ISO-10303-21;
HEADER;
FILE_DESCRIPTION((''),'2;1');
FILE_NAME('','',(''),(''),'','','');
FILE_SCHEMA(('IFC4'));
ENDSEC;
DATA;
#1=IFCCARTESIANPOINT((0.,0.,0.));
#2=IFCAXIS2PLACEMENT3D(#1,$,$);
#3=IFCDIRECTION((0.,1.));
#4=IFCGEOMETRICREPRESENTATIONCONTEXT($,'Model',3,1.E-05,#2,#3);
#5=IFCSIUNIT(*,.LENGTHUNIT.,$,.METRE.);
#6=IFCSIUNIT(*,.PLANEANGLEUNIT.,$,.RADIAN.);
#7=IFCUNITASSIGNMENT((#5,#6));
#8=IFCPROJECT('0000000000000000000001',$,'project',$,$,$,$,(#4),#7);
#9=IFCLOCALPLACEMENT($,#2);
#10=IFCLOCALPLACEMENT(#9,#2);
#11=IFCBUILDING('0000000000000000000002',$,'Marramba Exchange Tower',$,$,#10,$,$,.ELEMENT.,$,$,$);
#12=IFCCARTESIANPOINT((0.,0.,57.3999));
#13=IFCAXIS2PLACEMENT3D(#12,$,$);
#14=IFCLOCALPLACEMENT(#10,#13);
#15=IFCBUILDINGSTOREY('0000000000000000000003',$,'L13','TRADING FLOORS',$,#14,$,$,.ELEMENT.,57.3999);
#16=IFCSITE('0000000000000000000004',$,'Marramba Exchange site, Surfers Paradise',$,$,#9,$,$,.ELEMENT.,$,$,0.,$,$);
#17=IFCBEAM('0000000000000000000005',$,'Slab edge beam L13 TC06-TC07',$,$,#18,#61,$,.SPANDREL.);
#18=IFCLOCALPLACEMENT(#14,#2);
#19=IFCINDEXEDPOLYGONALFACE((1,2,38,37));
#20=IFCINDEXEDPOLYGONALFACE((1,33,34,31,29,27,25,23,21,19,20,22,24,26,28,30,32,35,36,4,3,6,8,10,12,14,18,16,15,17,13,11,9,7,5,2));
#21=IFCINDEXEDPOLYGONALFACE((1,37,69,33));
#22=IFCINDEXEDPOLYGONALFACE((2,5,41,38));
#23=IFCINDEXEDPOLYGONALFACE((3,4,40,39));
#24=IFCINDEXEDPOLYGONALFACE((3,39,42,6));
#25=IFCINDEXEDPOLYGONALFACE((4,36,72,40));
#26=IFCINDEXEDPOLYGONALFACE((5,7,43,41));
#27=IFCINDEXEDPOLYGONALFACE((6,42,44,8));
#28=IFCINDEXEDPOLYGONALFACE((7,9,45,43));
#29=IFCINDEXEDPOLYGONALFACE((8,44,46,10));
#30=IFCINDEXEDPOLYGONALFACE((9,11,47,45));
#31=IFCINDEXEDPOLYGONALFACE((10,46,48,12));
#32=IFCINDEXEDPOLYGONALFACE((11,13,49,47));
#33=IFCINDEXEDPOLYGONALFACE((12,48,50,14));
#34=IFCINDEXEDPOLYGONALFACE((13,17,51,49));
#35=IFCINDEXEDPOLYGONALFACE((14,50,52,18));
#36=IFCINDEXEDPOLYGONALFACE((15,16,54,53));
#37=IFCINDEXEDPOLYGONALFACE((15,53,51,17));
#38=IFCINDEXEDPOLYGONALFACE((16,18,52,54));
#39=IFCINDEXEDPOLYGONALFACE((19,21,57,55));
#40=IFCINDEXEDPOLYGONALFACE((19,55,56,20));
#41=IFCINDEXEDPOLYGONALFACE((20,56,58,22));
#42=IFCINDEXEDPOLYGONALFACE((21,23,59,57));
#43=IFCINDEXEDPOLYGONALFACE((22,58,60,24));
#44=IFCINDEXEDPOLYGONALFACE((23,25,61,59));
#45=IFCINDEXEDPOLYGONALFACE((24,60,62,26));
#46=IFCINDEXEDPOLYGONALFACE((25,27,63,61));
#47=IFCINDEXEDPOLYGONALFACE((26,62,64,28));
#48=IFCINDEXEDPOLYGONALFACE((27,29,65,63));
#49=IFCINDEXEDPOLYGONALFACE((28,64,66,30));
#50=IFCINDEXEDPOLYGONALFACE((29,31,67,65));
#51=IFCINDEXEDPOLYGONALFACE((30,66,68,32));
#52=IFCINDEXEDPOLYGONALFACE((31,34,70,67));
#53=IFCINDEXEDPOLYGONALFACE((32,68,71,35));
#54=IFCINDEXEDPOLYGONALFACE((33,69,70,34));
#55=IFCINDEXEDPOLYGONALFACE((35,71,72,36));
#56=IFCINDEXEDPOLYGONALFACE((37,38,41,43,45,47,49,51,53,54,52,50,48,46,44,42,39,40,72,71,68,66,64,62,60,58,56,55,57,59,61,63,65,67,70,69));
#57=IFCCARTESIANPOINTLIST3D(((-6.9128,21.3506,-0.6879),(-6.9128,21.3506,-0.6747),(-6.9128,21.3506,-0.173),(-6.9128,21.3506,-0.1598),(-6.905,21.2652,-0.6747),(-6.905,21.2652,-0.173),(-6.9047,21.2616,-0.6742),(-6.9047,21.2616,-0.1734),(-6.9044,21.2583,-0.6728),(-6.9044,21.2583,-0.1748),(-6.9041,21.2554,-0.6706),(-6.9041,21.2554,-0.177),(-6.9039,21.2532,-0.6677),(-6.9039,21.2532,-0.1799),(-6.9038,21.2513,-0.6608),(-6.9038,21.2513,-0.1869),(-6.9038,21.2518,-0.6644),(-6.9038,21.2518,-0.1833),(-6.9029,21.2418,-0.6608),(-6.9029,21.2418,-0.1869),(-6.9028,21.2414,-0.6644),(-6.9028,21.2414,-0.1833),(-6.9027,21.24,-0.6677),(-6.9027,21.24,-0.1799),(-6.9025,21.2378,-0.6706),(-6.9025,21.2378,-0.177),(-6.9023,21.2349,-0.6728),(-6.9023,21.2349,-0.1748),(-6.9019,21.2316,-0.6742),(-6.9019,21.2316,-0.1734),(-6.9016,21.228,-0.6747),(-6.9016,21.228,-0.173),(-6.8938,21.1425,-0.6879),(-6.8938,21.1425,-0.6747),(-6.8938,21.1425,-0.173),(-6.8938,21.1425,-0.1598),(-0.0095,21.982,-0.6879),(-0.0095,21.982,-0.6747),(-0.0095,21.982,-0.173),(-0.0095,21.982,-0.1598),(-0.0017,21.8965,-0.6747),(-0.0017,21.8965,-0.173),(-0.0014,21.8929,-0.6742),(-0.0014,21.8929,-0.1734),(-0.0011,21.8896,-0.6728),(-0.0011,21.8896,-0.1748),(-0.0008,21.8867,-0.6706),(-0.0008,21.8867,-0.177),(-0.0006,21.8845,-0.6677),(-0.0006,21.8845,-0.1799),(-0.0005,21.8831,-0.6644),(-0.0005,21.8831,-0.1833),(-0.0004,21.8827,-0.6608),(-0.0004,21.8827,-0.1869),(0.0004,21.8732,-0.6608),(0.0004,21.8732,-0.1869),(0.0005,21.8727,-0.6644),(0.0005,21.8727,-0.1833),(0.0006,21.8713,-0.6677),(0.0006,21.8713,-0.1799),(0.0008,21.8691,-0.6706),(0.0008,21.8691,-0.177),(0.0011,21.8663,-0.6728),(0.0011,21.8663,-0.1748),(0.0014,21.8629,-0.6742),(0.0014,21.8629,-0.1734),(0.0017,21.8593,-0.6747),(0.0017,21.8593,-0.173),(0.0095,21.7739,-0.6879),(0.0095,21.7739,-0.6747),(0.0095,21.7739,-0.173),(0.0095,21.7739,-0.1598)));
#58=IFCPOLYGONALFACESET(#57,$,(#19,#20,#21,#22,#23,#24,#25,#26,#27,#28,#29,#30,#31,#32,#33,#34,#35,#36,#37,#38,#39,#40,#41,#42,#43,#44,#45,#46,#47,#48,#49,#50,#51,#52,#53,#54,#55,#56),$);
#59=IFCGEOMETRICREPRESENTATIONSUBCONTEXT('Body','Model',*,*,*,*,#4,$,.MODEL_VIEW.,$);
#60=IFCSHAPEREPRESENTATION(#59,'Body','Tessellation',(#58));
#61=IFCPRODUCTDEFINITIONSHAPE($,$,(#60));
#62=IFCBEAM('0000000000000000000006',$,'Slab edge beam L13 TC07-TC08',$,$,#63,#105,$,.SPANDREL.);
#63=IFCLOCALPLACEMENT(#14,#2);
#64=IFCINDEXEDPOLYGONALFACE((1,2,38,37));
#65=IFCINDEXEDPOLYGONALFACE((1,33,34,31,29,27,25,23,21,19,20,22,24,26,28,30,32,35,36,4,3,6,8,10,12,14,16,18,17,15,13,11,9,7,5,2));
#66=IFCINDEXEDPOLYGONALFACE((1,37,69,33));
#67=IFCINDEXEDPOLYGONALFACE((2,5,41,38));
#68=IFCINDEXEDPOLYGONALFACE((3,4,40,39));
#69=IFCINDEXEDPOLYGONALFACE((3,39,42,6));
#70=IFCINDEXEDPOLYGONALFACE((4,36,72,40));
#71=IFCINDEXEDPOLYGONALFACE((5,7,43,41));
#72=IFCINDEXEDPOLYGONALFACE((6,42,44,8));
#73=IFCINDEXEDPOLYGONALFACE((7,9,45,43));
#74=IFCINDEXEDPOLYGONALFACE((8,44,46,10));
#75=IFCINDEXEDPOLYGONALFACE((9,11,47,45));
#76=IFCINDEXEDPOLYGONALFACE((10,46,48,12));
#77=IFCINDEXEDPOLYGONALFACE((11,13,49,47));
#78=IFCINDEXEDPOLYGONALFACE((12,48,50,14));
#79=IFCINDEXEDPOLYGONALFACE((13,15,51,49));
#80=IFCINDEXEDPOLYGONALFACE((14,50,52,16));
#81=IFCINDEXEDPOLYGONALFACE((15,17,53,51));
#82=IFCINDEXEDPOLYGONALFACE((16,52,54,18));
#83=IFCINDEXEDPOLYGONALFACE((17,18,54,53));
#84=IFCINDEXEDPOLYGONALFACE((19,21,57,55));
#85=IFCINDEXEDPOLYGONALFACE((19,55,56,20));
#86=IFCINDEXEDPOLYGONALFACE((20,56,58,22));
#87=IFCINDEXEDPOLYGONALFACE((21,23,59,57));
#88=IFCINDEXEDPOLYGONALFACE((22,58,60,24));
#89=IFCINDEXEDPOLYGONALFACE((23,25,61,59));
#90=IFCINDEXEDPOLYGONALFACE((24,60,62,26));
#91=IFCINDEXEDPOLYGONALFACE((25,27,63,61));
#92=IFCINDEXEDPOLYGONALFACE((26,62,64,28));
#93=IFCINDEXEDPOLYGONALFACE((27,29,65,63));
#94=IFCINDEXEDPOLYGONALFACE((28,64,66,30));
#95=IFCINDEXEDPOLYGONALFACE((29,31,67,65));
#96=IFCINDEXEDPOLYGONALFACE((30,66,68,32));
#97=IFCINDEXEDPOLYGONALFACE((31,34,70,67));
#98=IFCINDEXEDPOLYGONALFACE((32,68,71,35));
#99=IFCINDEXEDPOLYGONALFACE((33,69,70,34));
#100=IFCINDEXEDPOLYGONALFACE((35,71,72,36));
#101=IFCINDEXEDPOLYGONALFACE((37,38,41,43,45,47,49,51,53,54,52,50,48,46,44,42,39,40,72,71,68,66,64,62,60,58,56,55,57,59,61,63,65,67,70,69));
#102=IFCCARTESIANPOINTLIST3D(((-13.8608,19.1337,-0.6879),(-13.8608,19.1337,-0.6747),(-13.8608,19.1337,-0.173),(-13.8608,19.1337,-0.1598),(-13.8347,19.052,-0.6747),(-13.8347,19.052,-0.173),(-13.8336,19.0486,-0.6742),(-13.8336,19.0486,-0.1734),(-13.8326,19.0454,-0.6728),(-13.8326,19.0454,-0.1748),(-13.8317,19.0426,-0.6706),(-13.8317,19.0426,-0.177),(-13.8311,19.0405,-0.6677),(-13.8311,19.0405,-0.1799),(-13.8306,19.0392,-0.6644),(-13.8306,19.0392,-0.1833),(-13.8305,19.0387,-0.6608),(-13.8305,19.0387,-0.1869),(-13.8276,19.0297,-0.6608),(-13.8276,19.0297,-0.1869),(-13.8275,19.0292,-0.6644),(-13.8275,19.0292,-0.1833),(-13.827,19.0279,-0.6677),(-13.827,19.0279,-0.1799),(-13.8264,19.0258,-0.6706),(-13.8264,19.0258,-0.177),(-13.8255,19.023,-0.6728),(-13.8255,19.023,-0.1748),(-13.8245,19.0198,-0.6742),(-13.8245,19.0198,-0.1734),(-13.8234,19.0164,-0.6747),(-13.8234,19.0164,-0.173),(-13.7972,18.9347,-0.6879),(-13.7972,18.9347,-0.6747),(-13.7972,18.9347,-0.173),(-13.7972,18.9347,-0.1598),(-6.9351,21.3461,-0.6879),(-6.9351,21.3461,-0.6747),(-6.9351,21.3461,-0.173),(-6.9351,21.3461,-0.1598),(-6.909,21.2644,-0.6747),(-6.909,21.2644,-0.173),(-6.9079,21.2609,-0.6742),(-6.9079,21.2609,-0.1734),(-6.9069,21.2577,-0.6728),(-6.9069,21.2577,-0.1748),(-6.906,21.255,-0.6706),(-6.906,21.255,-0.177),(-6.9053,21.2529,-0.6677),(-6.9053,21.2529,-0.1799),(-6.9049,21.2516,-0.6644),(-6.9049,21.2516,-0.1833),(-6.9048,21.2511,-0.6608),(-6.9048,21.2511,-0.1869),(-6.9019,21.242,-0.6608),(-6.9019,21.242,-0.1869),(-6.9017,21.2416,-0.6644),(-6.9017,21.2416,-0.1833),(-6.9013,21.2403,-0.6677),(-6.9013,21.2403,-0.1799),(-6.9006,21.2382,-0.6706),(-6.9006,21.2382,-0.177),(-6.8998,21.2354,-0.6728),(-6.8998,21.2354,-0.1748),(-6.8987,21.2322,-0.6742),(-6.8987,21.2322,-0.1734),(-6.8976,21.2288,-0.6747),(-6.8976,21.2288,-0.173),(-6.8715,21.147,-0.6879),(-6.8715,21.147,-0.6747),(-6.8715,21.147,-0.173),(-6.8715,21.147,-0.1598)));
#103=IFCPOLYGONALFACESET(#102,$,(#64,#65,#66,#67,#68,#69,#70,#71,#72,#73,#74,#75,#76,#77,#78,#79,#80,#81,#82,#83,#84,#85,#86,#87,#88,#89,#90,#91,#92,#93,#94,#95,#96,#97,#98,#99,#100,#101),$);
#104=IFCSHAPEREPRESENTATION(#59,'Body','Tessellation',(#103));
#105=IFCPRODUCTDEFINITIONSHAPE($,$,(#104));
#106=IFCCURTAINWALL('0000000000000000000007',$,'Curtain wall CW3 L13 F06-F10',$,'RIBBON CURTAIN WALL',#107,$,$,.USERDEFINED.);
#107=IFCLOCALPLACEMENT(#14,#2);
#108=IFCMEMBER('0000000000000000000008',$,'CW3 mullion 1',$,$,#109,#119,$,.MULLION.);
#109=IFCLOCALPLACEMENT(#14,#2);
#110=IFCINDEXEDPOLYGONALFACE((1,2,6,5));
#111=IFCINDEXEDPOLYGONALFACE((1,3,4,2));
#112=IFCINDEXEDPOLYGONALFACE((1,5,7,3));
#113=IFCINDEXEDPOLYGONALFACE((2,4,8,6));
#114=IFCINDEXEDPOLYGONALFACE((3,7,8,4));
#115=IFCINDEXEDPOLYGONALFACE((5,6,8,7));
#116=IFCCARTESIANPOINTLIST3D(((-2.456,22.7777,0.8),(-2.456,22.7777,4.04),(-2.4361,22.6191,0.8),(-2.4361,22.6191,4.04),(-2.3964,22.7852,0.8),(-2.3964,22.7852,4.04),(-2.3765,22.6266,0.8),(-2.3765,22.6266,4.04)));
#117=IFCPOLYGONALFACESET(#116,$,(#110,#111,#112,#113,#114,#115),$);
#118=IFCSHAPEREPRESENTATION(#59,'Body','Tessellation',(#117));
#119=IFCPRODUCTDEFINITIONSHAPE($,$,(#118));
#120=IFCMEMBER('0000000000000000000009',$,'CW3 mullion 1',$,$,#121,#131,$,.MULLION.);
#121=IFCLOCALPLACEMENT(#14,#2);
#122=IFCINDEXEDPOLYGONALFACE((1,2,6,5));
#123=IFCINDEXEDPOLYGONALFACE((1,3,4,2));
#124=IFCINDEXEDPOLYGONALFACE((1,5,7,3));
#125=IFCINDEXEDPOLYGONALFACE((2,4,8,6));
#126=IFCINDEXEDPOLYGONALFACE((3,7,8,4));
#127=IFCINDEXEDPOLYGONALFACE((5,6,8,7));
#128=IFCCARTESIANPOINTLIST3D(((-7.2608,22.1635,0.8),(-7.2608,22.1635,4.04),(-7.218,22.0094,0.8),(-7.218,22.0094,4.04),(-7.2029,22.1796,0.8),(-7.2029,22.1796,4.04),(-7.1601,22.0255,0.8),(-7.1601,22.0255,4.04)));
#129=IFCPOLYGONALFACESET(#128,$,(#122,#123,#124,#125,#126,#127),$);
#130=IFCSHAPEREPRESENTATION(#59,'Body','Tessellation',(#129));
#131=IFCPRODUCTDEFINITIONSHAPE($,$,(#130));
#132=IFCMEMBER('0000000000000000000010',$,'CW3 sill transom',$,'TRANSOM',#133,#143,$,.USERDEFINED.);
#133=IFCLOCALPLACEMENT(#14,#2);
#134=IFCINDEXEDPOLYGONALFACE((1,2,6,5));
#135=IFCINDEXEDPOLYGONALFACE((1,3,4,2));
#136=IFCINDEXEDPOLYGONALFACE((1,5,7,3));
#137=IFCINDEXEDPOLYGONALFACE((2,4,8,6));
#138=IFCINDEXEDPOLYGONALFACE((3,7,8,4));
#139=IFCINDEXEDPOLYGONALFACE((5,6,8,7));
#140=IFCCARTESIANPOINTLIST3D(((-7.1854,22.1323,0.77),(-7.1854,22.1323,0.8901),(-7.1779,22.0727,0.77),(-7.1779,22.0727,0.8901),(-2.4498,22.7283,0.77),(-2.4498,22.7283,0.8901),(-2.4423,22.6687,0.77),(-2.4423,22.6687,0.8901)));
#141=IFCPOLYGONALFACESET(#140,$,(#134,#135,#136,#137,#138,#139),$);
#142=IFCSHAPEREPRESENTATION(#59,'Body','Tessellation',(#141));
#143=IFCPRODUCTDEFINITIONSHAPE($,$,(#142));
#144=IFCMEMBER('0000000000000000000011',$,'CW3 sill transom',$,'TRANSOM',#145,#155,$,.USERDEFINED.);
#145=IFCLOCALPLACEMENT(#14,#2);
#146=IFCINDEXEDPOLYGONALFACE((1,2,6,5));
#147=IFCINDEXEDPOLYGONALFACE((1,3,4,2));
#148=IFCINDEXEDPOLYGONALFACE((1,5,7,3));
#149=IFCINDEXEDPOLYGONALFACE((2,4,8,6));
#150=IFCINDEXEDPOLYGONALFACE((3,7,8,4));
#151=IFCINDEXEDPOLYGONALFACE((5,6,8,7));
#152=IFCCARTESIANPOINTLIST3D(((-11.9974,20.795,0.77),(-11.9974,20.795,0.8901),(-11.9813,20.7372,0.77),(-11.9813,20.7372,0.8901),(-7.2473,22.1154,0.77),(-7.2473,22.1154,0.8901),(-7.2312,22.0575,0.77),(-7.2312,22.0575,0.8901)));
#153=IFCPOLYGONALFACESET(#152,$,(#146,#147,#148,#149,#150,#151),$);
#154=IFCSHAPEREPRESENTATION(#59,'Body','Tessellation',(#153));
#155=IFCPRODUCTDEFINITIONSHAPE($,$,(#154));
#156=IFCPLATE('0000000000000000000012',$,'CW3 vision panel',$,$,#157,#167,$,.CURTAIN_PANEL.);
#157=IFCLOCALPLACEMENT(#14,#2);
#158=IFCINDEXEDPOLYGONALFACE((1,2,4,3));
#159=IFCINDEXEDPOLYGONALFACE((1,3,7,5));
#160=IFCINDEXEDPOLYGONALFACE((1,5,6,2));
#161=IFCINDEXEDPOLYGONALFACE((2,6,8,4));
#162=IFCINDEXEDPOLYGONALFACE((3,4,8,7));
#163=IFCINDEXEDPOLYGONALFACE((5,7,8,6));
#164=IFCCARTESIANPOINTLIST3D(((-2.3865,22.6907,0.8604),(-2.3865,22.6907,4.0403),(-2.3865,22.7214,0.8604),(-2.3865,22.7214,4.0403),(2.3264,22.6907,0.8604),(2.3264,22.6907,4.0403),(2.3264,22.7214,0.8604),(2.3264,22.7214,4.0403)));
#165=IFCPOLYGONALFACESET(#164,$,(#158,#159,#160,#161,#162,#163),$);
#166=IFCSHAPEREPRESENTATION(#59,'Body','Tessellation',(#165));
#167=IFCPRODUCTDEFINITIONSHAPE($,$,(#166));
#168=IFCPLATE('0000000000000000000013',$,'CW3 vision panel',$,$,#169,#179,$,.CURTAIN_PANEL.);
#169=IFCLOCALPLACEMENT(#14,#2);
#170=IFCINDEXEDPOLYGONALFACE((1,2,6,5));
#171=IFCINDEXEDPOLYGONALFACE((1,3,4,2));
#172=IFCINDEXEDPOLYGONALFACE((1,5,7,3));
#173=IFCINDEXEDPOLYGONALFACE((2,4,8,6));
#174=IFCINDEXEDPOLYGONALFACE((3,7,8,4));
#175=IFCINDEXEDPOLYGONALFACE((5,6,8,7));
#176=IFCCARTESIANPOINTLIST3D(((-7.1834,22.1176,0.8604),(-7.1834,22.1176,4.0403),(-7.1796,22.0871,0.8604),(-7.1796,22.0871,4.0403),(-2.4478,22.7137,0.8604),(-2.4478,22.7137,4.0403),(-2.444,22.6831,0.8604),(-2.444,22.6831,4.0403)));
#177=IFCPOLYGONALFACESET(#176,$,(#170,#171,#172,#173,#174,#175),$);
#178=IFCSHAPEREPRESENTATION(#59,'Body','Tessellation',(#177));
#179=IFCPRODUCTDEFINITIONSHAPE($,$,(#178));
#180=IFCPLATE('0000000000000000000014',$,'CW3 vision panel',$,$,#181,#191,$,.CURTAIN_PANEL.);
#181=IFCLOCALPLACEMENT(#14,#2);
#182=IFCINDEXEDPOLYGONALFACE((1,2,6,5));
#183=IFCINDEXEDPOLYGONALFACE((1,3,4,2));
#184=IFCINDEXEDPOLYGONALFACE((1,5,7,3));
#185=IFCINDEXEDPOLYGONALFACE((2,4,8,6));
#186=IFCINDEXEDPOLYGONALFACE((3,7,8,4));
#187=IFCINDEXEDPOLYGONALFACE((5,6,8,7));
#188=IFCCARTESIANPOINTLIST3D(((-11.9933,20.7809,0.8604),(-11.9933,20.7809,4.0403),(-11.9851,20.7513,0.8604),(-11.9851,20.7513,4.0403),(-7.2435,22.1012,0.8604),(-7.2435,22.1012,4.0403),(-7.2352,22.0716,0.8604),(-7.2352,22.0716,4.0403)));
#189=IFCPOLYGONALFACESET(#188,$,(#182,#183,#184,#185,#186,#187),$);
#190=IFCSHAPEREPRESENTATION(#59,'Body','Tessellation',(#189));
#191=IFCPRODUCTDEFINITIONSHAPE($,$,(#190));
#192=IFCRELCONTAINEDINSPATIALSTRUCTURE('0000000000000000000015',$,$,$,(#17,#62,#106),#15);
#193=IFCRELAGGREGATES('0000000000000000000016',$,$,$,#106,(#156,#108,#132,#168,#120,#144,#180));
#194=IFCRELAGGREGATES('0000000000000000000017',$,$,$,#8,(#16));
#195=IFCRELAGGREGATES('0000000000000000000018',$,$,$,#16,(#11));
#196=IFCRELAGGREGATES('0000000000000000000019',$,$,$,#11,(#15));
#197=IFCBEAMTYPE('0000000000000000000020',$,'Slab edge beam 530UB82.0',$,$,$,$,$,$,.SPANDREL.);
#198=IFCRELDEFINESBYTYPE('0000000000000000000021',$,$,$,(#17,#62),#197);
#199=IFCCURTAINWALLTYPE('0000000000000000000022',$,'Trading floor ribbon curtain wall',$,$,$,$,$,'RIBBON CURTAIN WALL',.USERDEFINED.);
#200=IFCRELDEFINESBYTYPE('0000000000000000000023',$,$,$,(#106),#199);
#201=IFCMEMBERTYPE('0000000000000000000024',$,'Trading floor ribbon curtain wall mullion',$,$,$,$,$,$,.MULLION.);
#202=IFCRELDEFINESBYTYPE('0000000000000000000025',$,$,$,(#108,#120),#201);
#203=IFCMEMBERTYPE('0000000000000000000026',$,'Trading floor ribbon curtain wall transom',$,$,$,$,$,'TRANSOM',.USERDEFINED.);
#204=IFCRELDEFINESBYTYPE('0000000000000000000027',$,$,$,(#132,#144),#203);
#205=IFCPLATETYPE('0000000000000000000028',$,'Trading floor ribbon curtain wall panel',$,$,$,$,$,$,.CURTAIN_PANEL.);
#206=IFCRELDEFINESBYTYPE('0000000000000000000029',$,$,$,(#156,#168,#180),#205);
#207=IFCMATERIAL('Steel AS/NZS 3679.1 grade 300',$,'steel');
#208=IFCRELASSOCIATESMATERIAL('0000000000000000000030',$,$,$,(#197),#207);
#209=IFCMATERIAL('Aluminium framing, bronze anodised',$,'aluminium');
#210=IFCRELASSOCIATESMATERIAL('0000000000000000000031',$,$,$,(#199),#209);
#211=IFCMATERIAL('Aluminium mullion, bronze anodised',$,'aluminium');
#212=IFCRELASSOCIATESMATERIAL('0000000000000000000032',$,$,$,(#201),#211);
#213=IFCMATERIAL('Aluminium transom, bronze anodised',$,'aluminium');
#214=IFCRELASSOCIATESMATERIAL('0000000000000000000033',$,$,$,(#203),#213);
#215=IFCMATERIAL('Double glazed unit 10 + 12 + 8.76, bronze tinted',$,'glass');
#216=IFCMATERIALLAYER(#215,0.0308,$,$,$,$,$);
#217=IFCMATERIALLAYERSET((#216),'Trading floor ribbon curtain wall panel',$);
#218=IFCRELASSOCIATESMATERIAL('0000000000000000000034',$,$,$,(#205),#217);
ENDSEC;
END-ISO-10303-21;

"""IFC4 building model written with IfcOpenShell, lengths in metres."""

from ifc_helpers import new_model, si_unit, direction, frame, origin, origin_2d, place, context, subcontext, project, spatial, rectangle, i_section, extrude, material, layer, layer_set, material_profile, profile_set, type_object, element, aggregate, save


model = new_model("IFC4")

# Units and contexts
model_context = context("Model", 3, precision=1e-05, world=origin(), true_north=direction((0.0, 1.0)))
body_context = subcontext(model_context, "Body", "Model", "MODEL_VIEW")
ifc_project = project(units=[si_unit("LENGTHUNIT", "METRE"), si_unit("PLANEANGLEUNIT", "RADIAN")], contexts=[model_context])

# Site, building, storey
site_placement = place(None, origin())
site = spatial("IfcSite", under=ifc_project, at=site_placement, Name="Marramba Exchange site, Surfers Paradise", CompositionType="ELEMENT", RefElevation=0.0)
building_placement = place(site_placement, origin())
building = spatial("IfcBuilding", under=site, at=building_placement, Name="Marramba Exchange Tower", CompositionType="ELEMENT")
storey_placement = place(building_placement, frame((0.0, 0.0, 57.3999)))
storey = spatial("IfcBuildingStorey", under=building, at=storey_placement, Name="L13", Description="TRADING FLOORS", CompositionType="ELEMENT", Elevation=57.3999)

# Beams
ifc_material_1 = material(Name="Steel AS/NZS 3679.1 grade 300", Category="steel")
ifc_material_profile_1 = material_profile(ifc_material_1, i_section(OverallWidth=0.209, OverallDepth=0.5281, WebThickness=0.0095, FlangeThickness=0.0132, FilletRadius=0.0139, at=origin_2d()), Name="530UB82.0")
ifc_profile_set_1 = profile_set([ifc_material_profile_1], Name="Steel AS/NZS 3679.1 grade 300")
beam_type_1 = type_object("IfcBeamType", Name="Slab edge beam 530UB82.0", PredefinedType="SPANDREL", material=ifc_profile_set_1)
beam_1_placement = place(storey_placement, frame((0.0, 21.8779, -0.4238), z_axis=(-0.995844, -0.091076, 0.0), x_axis=(0.091076, -0.995844, 0.0)))
element("IfcBeam", 1, at=beam_1_placement, inside=storey, type_object=beam_type_1, Name="Slab edge beam L13 TC06-TC07", PredefinedType="SPANDREL", context=body_context, shape_type="SweptSolid", body=[
    extrude(i_section(OverallWidth=0.209, OverallDepth=0.5281, WebThickness=0.0095, FlangeThickness=0.0132, FilletRadius=0.0139, at=origin_2d()), origin(), (0.0, 0.0, 1.0), 6.9321),
])
beam_2_placement = place(storey_placement, frame((-6.9033, 21.2466, -0.4238), z_axis=(-0.952578, -0.304296, 0.0), x_axis=(0.304296, -0.952578, 0.0)))
element("IfcBeam", 2, at=beam_2_placement, inside=storey, type_object=beam_type_1, Name="Slab edge beam L13 TC07-TC08", PredefinedType="SPANDREL", context=body_context, shape_type="SweptSolid", body=[
    extrude(i_section(OverallWidth=0.209, OverallDepth=0.5281, WebThickness=0.0095, FlangeThickness=0.0132, FilletRadius=0.0139, at=origin_2d()), origin(), (0.0, 0.0, 1.0), 7.2705),
])

# Curtain wall, members, plates
ifc_material_2 = material(Name="Aluminium framing, bronze anodised", Category="aluminium")
curtain_wall_type = type_object("IfcCurtainWallType", Name="Trading floor ribbon curtain wall", ElementType="RIBBON CURTAIN WALL", PredefinedType="USERDEFINED", material=ifc_material_2)
curtain_wall_placement = place(storey_placement, origin())
curtain_wall = element("IfcCurtainWall", 3, at=curtain_wall_placement, inside=storey, type_object=curtain_wall_type, Name="Curtain wall CW3 L13 F06-F10", ObjectType="RIBBON CURTAIN WALL", PredefinedType="USERDEFINED")
ifc_material_3 = material(Name="Aluminium mullion, bronze anodised", Category="aluminium")
ifc_material_profile_2 = material_profile(ifc_material_3, rectangle(XDim=0.1599, YDim=0.0601, at=origin_2d()), Name="CW3 mullion 60x160")
ifc_profile_set_2 = profile_set([ifc_material_profile_2], Name="Aluminium mullion, bronze anodised")
member_type_1 = type_object("IfcMemberType", Name="Trading floor ribbon curtain wall mullion", PredefinedType="MULLION", material=ifc_profile_set_2)
member_1_placement = place(storey_placement, frame((-2.4163, 22.7021, 0.8), z_axis=(0.0, 0.0, 1.0), x_axis=(0.124873, -0.992173, 0.0)))
member_1 = element("IfcMember", 4, at=member_1_placement, type_object=member_type_1, Name="CW3 mullion 1", PredefinedType="MULLION", context=body_context, shape_type="SweptSolid", body=[
    extrude(rectangle(XDim=0.1599, YDim=0.0601, at=origin_2d()), origin(), (0.0, 0.0, 1.0), 3.24),
])
member_2_placement = place(storey_placement, frame((-7.2104, 22.0945, 0.8), z_axis=(0.0, 0.0, 1.0), x_axis=(0.267809, -0.963472, 0.0)))
member_2 = element("IfcMember", 5, at=member_2_placement, type_object=member_type_1, Name="CW3 mullion 1", PredefinedType="MULLION", context=body_context, shape_type="SweptSolid", body=[
    extrude(rectangle(XDim=0.1599, YDim=0.0601, at=origin_2d()), origin(), (0.0, 0.0, 1.0), 3.24),
])
ifc_material_4 = material(Name="Aluminium transom, bronze anodised", Category="aluminium")
ifc_material_profile_3 = material_profile(ifc_material_4, rectangle(XDim=0.0601, YDim=0.1201, at=origin_2d()), Name="CW3 transom 60x120")
ifc_profile_set_3 = profile_set([ifc_material_profile_3], Name="Aluminium transom, bronze anodised")
member_type_2 = type_object("IfcMemberType", Name="Trading floor ribbon curtain wall transom", ElementType="TRANSOM", PredefinedType="USERDEFINED", material=ifc_profile_set_3)
member_3_placement = place(storey_placement, frame((-2.446, 22.6985, 0.8301), z_axis=(-0.992174, -0.124859, 0.0), x_axis=(0.124859, -0.992174, 0.0)))
member_3 = element("IfcMember", 6, at=member_3_placement, type_object=member_type_2, Name="CW3 sill transom", ObjectType="TRANSOM", PredefinedType="USERDEFINED", context=body_context, shape_type="SweptSolid", body=[
    extrude(rectangle(XDim=0.0601, YDim=0.1201, at=origin_2d()), origin(), (0.0, 0.0, 1.0), 4.7729),
])
member_4_placement = place(storey_placement, frame((-7.2393, 22.0864, 0.8301), z_axis=(-0.963472, -0.267807, 0.0), x_axis=(0.267807, -0.963472, 0.0)))
member_4 = element("IfcMember", 7, at=member_4_placement, type_object=member_type_2, Name="CW3 sill transom", ObjectType="TRANSOM", PredefinedType="USERDEFINED", context=body_context, shape_type="SweptSolid", body=[
    extrude(rectangle(XDim=0.0601, YDim=0.1201, at=origin_2d()), origin(), (0.0, 0.0, 1.0), 4.9302),
])
ifc_material_5 = material(Name="Double glazed unit 10 + 12 + 8.76, bronze tinted", Category="glass")
ifc_layer_1 = layer(ifc_material_5, 0.0308)
ifc_layer_set_1 = layer_set([ifc_layer_1], Name="Trading floor ribbon curtain wall panel")
plate_type = type_object("IfcPlateType", Name="Trading floor ribbon curtain wall panel", PredefinedType="CURTAIN_PANEL", material=ifc_layer_set_1)
plate_1_placement = place(storey_placement, frame((-0.03, 22.7061, 0.8604), z_axis=(0.0, 0.0, 1.0), x_axis=(-1.0, 0.0, 0.0)))
plate_1 = element("IfcPlate", 8, at=plate_1_placement, type_object=plate_type, Name="CW3 vision panel", PredefinedType="CURTAIN_PANEL", context=body_context, shape_type="SweptSolid", body=[
    extrude(rectangle(XDim=4.7129, YDim=0.0308, at=origin_2d()), origin(), (0.0, 0.0, 1.0), 3.1799),
])
plate_2_placement = place(storey_placement, frame((-4.8137, 22.4004, 0.8604), z_axis=(0.0, 0.0, 1.0), x_axis=(-0.992173, -0.124873, 0.0)))
plate_2 = element("IfcPlate", 9, at=plate_2_placement, type_object=plate_type, Name="CW3 vision panel", PredefinedType="CURTAIN_PANEL", context=body_context, shape_type="SweptSolid", body=[
    extrude(rectangle(XDim=4.7729, YDim=0.0308, at=origin_2d()), origin(), (0.0, 0.0, 1.0), 3.1799),
])
plate_3_placement = place(storey_placement, frame((-9.6143, 21.4263, 0.8604), z_axis=(0.0, 0.0, 1.0), x_axis=(-0.963472, -0.267809, 0.0)))
plate_3 = element("IfcPlate", 10, at=plate_3_placement, type_object=plate_type, Name="CW3 vision panel", PredefinedType="CURTAIN_PANEL", context=body_context, shape_type="SweptSolid", body=[
    extrude(rectangle(XDim=4.9299, YDim=0.0308, at=origin_2d()), origin(), (0.0, 0.0, 1.0), 3.1799),
])
aggregate(curtain_wall, [plate_1, member_1, member_3, plate_2, member_2, member_4, plate_3])

save(model, "model.ifc")
